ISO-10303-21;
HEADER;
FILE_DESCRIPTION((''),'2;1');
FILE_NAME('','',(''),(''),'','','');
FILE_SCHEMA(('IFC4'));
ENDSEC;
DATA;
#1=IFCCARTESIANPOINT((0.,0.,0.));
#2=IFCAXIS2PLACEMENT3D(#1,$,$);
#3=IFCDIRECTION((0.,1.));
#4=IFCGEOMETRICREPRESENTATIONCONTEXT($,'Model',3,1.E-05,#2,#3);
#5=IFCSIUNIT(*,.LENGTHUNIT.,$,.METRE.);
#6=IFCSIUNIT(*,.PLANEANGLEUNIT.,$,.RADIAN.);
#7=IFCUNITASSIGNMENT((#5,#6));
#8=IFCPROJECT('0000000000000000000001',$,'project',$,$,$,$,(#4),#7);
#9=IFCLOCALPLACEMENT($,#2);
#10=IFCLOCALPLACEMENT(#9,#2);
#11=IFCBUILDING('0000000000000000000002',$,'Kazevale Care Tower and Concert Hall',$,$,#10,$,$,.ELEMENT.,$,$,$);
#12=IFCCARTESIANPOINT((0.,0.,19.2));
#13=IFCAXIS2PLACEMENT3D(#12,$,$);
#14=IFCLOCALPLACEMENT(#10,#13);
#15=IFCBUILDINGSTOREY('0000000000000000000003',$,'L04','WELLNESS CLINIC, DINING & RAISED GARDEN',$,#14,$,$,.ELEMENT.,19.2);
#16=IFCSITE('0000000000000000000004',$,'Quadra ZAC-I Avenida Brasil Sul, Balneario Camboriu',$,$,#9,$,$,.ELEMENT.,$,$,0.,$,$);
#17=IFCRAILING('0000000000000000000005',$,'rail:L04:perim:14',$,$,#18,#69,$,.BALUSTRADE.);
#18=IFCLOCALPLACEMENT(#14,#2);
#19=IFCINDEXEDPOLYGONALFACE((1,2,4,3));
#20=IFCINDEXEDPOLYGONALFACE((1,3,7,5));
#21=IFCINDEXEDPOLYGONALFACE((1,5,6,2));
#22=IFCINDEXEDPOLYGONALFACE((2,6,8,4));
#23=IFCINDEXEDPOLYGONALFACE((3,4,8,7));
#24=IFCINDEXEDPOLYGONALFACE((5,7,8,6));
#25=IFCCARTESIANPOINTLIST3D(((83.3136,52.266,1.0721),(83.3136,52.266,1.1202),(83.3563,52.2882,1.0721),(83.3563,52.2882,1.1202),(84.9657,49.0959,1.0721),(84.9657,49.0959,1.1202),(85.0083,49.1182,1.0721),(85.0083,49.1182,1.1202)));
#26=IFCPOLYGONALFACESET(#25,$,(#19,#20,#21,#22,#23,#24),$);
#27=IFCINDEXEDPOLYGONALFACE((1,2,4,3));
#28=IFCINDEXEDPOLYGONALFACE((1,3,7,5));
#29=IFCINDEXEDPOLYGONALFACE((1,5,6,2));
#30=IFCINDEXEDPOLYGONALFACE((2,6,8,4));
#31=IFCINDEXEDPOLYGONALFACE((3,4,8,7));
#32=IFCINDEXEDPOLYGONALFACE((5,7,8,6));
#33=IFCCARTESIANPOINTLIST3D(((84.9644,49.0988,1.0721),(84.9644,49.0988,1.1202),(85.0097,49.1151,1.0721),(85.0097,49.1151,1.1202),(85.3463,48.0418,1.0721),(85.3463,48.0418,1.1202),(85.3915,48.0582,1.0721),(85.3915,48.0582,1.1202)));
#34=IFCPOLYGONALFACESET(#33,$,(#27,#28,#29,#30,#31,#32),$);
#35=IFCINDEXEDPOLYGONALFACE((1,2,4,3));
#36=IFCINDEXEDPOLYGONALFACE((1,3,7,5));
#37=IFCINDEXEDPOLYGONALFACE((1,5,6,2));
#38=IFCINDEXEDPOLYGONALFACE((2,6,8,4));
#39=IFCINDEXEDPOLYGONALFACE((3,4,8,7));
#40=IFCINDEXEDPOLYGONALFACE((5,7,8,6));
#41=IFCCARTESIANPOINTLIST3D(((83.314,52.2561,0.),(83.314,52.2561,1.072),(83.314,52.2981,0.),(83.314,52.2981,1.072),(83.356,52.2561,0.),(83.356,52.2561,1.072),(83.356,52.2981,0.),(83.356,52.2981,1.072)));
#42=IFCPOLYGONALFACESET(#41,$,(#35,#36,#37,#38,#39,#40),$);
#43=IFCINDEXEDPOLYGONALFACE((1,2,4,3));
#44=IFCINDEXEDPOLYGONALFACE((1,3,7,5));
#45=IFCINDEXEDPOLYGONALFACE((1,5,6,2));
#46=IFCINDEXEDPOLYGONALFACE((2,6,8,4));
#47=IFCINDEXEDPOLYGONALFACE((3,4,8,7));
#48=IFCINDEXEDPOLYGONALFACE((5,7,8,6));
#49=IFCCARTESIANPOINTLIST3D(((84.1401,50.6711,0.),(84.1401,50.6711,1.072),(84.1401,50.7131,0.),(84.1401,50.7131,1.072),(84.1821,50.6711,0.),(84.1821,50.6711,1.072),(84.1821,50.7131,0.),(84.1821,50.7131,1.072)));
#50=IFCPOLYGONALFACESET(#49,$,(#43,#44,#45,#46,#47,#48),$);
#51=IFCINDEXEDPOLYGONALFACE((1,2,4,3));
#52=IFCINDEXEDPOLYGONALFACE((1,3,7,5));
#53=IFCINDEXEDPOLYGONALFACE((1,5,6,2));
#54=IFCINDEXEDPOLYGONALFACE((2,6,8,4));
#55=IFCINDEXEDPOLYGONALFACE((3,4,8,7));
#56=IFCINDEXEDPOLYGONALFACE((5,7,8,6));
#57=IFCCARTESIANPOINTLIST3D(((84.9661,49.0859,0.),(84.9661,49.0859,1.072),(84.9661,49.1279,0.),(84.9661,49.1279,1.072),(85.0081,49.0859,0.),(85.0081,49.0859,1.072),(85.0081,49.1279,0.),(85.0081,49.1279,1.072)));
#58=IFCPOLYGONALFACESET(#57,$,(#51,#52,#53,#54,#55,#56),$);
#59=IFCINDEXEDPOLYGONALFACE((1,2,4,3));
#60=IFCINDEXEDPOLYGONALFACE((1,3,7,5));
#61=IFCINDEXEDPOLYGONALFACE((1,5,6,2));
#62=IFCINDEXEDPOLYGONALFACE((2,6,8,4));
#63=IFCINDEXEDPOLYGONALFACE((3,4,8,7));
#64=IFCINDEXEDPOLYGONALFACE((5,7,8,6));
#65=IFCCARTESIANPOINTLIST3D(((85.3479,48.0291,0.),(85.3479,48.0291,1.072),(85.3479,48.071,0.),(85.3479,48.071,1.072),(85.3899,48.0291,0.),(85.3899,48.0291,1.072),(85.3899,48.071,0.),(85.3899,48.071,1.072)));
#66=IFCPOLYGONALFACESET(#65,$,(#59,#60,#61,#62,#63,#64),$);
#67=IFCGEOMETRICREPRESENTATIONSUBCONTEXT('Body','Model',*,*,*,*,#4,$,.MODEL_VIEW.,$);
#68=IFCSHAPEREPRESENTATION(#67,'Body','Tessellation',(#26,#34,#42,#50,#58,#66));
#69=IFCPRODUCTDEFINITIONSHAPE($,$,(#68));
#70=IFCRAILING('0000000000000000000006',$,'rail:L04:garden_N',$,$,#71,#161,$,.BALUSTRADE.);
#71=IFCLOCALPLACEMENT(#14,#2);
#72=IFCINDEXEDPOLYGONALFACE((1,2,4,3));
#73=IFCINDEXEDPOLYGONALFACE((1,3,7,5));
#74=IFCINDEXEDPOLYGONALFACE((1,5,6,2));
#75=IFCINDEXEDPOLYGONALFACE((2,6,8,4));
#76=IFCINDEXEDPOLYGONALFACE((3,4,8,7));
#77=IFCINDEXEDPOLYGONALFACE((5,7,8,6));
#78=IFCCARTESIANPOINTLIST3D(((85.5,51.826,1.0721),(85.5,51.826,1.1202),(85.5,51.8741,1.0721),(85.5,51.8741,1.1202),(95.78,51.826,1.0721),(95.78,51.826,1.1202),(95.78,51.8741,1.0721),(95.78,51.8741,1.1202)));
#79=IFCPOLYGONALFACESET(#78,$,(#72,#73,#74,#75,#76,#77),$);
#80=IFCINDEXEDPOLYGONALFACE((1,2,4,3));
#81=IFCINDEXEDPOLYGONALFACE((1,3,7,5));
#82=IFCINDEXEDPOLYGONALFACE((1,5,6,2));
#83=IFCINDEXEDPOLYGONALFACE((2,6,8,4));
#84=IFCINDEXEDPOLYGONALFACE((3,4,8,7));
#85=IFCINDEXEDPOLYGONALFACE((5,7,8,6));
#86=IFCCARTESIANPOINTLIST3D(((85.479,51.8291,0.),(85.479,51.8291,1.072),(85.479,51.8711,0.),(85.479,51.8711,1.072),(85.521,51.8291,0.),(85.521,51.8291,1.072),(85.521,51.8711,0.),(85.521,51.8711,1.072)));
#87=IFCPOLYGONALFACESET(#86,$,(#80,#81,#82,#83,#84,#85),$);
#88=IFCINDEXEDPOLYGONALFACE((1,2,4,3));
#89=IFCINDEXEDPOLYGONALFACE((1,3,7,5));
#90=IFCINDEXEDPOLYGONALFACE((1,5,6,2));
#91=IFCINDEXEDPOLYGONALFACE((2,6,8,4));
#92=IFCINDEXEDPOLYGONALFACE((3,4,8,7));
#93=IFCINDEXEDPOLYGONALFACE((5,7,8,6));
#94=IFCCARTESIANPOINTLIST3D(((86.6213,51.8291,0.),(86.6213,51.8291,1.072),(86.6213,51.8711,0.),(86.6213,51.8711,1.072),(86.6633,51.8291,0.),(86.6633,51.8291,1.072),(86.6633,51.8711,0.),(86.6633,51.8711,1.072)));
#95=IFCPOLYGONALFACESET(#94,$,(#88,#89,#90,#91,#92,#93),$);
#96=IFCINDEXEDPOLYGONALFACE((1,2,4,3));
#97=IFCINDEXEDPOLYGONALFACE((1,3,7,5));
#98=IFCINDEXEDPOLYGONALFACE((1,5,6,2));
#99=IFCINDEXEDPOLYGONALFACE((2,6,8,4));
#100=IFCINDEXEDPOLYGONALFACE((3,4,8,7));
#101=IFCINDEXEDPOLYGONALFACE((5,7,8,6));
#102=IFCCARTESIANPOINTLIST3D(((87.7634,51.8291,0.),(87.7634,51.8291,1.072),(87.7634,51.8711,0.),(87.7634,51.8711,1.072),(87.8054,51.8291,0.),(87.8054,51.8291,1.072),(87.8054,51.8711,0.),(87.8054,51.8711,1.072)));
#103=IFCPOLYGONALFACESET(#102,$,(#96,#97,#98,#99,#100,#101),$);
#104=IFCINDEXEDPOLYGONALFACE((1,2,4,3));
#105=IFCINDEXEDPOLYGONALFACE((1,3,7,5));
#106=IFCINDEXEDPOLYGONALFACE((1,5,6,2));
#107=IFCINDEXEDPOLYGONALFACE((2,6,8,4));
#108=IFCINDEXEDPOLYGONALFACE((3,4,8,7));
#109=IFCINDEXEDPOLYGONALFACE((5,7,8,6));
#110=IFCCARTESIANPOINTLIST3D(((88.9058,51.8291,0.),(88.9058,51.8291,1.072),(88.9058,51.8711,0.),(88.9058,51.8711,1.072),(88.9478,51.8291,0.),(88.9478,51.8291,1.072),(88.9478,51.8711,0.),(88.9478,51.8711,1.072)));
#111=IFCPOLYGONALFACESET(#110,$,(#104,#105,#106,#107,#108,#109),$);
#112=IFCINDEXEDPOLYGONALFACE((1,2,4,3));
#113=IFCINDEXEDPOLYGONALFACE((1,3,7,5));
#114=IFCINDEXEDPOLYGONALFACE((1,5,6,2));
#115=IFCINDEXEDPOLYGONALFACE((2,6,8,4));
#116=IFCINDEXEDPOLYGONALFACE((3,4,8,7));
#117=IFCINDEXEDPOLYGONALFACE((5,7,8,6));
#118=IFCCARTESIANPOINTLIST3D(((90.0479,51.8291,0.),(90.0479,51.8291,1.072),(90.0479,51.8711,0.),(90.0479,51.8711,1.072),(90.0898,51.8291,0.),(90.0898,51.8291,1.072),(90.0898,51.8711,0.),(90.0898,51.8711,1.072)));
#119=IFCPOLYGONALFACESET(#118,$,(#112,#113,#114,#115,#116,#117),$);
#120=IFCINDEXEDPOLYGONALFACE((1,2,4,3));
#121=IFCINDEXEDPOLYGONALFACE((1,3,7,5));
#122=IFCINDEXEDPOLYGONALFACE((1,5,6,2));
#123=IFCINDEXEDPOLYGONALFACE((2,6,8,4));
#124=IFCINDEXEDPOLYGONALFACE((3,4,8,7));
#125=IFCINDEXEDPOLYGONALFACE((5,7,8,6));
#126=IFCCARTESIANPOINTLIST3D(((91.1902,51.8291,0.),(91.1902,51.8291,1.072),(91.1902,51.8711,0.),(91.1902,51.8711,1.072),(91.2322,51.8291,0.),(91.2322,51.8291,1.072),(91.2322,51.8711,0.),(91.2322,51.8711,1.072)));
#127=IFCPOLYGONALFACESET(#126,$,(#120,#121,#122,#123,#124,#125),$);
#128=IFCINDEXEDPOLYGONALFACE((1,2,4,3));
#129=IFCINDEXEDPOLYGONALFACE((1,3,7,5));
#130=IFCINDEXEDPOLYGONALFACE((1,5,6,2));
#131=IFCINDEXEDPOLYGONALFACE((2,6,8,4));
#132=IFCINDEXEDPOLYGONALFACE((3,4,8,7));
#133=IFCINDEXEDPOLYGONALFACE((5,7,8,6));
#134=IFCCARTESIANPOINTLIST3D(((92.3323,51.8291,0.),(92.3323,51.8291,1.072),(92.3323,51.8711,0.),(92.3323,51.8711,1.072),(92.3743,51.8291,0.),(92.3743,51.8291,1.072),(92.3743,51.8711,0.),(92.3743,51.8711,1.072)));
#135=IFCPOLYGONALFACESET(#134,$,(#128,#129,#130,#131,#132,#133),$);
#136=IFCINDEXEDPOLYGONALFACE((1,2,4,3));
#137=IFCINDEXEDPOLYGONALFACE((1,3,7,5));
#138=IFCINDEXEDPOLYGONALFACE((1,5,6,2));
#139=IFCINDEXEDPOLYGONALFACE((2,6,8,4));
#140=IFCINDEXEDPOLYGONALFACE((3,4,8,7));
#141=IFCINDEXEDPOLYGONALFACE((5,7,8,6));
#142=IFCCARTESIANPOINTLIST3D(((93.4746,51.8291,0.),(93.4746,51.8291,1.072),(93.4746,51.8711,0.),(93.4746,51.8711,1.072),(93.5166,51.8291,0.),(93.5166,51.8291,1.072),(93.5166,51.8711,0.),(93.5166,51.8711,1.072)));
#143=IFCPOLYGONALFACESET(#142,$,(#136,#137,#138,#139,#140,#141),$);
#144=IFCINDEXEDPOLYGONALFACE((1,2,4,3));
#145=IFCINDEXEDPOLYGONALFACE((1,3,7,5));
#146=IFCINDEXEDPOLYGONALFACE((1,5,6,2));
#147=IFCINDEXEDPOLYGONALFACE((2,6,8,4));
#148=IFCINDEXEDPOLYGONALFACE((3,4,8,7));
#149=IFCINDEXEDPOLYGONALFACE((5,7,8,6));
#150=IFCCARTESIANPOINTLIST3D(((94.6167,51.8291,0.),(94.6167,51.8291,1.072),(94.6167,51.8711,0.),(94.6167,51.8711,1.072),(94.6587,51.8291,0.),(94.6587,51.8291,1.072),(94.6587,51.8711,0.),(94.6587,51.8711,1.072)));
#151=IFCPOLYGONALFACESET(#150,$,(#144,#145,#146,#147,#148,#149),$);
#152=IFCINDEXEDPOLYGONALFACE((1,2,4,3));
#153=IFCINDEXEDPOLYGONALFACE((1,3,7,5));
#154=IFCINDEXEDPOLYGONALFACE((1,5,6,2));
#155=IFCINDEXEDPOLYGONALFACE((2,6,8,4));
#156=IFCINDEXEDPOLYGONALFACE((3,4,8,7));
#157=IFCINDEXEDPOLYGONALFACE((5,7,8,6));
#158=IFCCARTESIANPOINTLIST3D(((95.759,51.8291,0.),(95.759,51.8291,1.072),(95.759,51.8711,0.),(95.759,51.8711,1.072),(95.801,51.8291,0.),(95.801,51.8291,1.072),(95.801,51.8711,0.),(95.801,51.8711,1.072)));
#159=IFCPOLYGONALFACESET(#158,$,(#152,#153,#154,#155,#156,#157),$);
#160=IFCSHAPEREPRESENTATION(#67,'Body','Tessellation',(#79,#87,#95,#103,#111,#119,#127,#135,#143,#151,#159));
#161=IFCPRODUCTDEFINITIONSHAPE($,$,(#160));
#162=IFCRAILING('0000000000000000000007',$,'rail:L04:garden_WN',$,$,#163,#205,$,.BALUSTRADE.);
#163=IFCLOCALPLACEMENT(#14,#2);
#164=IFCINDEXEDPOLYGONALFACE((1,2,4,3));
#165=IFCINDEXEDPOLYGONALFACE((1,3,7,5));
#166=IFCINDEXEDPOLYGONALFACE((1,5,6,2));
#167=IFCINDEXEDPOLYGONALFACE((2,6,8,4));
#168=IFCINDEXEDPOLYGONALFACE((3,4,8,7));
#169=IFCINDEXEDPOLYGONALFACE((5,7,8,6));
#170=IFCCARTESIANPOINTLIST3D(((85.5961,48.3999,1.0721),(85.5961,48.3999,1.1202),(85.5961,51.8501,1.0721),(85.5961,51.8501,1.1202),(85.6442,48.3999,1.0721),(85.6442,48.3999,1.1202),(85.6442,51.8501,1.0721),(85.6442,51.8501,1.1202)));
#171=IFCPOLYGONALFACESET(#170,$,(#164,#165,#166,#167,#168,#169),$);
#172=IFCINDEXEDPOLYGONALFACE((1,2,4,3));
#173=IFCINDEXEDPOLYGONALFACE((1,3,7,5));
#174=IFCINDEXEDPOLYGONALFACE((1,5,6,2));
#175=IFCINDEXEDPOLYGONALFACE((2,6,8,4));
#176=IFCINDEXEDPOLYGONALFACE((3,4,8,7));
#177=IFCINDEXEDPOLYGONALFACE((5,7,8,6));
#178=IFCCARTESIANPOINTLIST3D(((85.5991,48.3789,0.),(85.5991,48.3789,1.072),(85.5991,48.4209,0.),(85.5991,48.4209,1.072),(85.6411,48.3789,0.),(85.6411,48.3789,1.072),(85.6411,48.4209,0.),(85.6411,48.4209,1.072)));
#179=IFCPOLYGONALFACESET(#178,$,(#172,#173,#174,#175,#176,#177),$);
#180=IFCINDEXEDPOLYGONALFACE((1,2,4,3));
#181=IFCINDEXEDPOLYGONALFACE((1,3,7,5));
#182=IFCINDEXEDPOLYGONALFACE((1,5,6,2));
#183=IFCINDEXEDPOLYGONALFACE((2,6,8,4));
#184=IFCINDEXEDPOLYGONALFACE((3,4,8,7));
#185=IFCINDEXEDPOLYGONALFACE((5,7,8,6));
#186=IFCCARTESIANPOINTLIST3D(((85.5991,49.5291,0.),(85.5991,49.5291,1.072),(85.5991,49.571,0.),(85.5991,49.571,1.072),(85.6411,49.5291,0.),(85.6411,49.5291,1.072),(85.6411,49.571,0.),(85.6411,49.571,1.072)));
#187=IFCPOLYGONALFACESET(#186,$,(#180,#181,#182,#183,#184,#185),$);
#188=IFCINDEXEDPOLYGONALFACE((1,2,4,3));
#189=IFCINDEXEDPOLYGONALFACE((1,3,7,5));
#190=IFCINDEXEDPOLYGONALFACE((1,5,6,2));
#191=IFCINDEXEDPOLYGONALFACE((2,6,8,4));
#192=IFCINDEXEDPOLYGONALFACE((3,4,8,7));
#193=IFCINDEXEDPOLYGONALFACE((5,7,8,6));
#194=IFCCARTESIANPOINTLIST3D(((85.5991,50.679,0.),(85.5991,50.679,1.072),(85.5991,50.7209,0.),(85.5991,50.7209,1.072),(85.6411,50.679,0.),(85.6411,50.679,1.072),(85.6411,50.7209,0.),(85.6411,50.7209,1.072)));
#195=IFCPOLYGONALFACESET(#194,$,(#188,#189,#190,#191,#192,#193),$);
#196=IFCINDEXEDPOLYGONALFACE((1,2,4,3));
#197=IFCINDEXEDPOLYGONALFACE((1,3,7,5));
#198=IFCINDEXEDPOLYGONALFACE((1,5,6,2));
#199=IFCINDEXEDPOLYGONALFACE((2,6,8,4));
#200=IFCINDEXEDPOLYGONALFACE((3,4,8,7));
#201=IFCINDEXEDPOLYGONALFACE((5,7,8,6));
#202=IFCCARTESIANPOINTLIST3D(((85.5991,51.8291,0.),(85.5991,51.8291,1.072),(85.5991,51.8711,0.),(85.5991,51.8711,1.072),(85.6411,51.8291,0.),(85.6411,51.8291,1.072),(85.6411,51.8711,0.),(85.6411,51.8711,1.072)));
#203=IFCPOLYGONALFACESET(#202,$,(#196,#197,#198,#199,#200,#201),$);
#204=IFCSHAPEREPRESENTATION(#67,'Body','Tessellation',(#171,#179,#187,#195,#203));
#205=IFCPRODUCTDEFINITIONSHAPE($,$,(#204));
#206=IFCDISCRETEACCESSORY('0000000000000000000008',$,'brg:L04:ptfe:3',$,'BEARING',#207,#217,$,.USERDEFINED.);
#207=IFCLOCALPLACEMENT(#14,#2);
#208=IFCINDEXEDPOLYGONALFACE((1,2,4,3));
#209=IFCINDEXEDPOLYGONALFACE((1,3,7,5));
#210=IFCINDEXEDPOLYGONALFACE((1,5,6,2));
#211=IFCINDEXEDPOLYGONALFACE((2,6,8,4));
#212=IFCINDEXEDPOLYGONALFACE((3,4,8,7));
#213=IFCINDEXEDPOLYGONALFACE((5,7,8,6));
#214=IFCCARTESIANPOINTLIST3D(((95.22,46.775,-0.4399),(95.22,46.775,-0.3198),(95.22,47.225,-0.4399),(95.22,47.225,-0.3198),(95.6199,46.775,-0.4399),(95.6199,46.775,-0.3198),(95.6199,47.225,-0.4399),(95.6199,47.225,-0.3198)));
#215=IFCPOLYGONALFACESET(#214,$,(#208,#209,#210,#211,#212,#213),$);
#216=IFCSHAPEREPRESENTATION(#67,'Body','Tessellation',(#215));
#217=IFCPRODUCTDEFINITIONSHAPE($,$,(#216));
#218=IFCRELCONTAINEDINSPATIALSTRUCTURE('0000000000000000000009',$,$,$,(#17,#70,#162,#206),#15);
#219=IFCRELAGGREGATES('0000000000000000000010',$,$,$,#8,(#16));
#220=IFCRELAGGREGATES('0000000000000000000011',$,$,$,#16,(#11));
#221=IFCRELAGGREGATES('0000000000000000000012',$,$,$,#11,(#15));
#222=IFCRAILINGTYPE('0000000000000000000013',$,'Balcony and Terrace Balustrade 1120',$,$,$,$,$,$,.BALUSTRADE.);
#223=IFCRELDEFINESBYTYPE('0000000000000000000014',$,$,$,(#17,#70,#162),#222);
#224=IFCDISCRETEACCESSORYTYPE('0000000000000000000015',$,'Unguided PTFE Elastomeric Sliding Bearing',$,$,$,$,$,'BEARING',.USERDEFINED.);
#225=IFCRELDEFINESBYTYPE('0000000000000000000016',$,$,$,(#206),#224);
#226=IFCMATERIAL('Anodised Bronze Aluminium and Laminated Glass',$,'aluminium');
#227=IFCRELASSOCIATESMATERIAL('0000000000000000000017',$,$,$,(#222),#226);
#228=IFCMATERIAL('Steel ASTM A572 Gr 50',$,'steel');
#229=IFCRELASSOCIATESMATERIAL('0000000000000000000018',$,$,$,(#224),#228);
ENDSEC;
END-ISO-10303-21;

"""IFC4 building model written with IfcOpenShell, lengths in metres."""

from ifc_helpers import new_model, si_unit, direction, frame, origin, origin_2d, place, context, subcontext, project, spatial, rectangle, extrude, material, type_object, element, save


model = new_model("IFC4")

# Units and contexts
model_context = context("Model", 3, precision=1e-05, world=origin(), true_north=direction((0.0, 1.0)))
body_context = subcontext(model_context, "Body", "Model", "MODEL_VIEW")
ifc_project = project(units=[si_unit("LENGTHUNIT", "METRE"), si_unit("PLANEANGLEUNIT", "RADIAN")], contexts=[model_context])

# Site, building, storey
site_placement = place(None, origin())
site = spatial("IfcSite", under=ifc_project, at=site_placement, Name="Quadra ZAC-I Avenida Brasil Sul, Balneario Camboriu", CompositionType="ELEMENT", RefElevation=0.0)
building_placement = place(site_placement, origin())
building = spatial("IfcBuilding", under=site, at=building_placement, Name="Kazevale Care Tower and Concert Hall", CompositionType="ELEMENT")
storey_placement = place(building_placement, frame((0.0, 0.0, 19.2)))
storey = spatial("IfcBuildingStorey", under=building, at=storey_placement, Name="L04", Description="WELLNESS CLINIC, DINING & RAISED GARDEN", CompositionType="ELEMENT", Elevation=19.2)

# Shared definitions
ifc_material_1 = material(Name="Steel ASTM A572 Gr 50", Category="steel")

# Railings
ifc_material_2 = material(Name="Anodised Bronze Aluminium and Laminated Glass", Category="aluminium")
railing_type = type_object("IfcRailingType", Name="Balcony and Terrace Balustrade 1120", PredefinedType="BALUSTRADE", material=ifc_material_2)
railing_1_placement = place(storey_placement, frame((83.335, 52.2771, 0.0)))
element("IfcRailing", 1, at=railing_1_placement, inside=storey, type_object=railing_type, Name="rail:L04:perim:14", PredefinedType="BALUSTRADE", context=body_context, shape_type="SweptSolid", body=[
    extrude(rectangle(XDim=0.0481, YDim=0.0481, at=origin_2d()), frame((0.0, 0.0, 1.0962), z_axis=(0.462148, -0.886803, 0.0), x_axis=(0.886803, 0.462148, 0.0)), (0.0, 0.0, 1.0), 3.5747),
    extrude(rectangle(XDim=0.0481, YDim=0.0481, at=origin_2d()), frame((1.6521, -3.1702, 1.0962), z_axis=(0.339789, -0.940502, 0.0), x_axis=(0.940502, 0.339789, 0.0)), (0.0, 0.0, 1.0), 1.1238),
    extrude(rectangle(XDim=0.042, YDim=0.042, at=origin_2d()), origin(), (0.0, 0.0, 1.0), 1.072),
    extrude(rectangle(XDim=0.042, YDim=0.042, at=origin_2d()), frame((0.8262, -1.585, 0.0)), (0.0, 0.0, 1.0), 1.072),
    extrude(rectangle(XDim=0.042, YDim=0.042, at=origin_2d()), frame((1.6521, -3.1702, 0.0)), (0.0, 0.0, 1.0), 1.072),
    extrude(rectangle(XDim=0.042, YDim=0.042, at=origin_2d()), frame((2.0339, -4.2271, 0.0)), (0.0, 0.0, 1.0), 1.072),
])
railing_2_placement = place(storey_placement, frame((85.5, 51.8501, 0.0)))
element("IfcRailing", 2, at=railing_2_placement, inside=storey, type_object=railing_type, Name="rail:L04:garden_N", PredefinedType="BALUSTRADE", context=body_context, shape_type="SweptSolid", body=[
    extrude(rectangle(XDim=0.0481, YDim=0.0481, at=origin_2d()), frame((0.0, 0.0, 1.0962), z_axis=(1.0, 0.0, 0.0), x_axis=(0.0, 1.0, 0.0)), (0.0, 0.0, 1.0), 10.28),
    extrude(rectangle(XDim=0.042, YDim=0.042, at=origin_2d()), origin(), (0.0, 0.0, 1.0), 1.072),
    extrude(rectangle(XDim=0.042, YDim=0.042, at=origin_2d()), frame((1.1423, 0.0, 0.0)), (0.0, 0.0, 1.0), 1.072),
    extrude(rectangle(XDim=0.042, YDim=0.042, at=origin_2d()), frame((2.2844, 0.0, 0.0)), (0.0, 0.0, 1.0), 1.072),
    extrude(rectangle(XDim=0.042, YDim=0.042, at=origin_2d()), frame((3.4268, 0.0, 0.0)), (0.0, 0.0, 1.0), 1.072),
    extrude(rectangle(XDim=0.042, YDim=0.042, at=origin_2d()), frame((4.5688, 0.0, 0.0)), (0.0, 0.0, 1.0), 1.072),
    extrude(rectangle(XDim=0.042, YDim=0.042, at=origin_2d()), frame((5.7112, 0.0, 0.0)), (0.0, 0.0, 1.0), 1.072),
    extrude(rectangle(XDim=0.042, YDim=0.042, at=origin_2d()), frame((6.8533, 0.0, 0.0)), (0.0, 0.0, 1.0), 1.072),
    extrude(rectangle(XDim=0.042, YDim=0.042, at=origin_2d()), frame((7.9956, 0.0, 0.0)), (0.0, 0.0, 1.0), 1.072),
    extrude(rectangle(XDim=0.042, YDim=0.042, at=origin_2d()), frame((9.1377, 0.0, 0.0)), (0.0, 0.0, 1.0), 1.072),
    extrude(rectangle(XDim=0.042, YDim=0.042, at=origin_2d()), frame((10.28, 0.0, 0.0)), (0.0, 0.0, 1.0), 1.072),
])
railing_3_placement = place(storey_placement, frame((85.6201, 48.3999, 0.0)))
element("IfcRailing", 3, at=railing_3_placement, inside=storey, type_object=railing_type, Name="rail:L04:garden_WN", PredefinedType="BALUSTRADE", context=body_context, shape_type="SweptSolid", body=[
    extrude(rectangle(XDim=0.0481, YDim=0.0481, at=origin_2d()), frame((0.0, 0.0, 1.0962), z_axis=(0.0, 1.0, 0.0), x_axis=(-1.0, 0.0, 0.0)), (0.0, 0.0, 1.0), 3.4502),
    extrude(rectangle(XDim=0.042, YDim=0.042, at=origin_2d()), origin(), (0.0, 0.0, 1.0), 1.072),
    extrude(rectangle(XDim=0.042, YDim=0.042, at=origin_2d()), frame((0.0, 1.1501, 0.0)), (0.0, 0.0, 1.0), 1.072),
    extrude(rectangle(XDim=0.042, YDim=0.042, at=origin_2d()), frame((0.0, 2.3, 0.0)), (0.0, 0.0, 1.0), 1.072),
    extrude(rectangle(XDim=0.042, YDim=0.042, at=origin_2d()), frame((0.0, 3.4502, 0.0)), (0.0, 0.0, 1.0), 1.072),
])

# Discrete accessory
discrete_accessory_type = type_object("IfcDiscreteAccessoryType", Name="Unguided PTFE Elastomeric Sliding Bearing", ElementType="BEARING", PredefinedType="USERDEFINED", material=ifc_material_1)
discrete_accessory_placement = place(storey_placement, frame((95.4199, 47.0, -0.4399), z_axis=(0.0, 0.0, 1.0), x_axis=(1.0, 0.0, 0.0)))
element("IfcDiscreteAccessory", 4, at=discrete_accessory_placement, inside=storey, type_object=discrete_accessory_type, Name="brg:L04:ptfe:3", ObjectType="BEARING", PredefinedType="USERDEFINED", context=body_context, shape_type="SweptSolid", body=[
    extrude(rectangle(XDim=0.3999, YDim=0.45, at=origin_2d()), origin(), (0.0, 0.0, 1.0), 0.1201),
])

save(model, "model.ifc")
